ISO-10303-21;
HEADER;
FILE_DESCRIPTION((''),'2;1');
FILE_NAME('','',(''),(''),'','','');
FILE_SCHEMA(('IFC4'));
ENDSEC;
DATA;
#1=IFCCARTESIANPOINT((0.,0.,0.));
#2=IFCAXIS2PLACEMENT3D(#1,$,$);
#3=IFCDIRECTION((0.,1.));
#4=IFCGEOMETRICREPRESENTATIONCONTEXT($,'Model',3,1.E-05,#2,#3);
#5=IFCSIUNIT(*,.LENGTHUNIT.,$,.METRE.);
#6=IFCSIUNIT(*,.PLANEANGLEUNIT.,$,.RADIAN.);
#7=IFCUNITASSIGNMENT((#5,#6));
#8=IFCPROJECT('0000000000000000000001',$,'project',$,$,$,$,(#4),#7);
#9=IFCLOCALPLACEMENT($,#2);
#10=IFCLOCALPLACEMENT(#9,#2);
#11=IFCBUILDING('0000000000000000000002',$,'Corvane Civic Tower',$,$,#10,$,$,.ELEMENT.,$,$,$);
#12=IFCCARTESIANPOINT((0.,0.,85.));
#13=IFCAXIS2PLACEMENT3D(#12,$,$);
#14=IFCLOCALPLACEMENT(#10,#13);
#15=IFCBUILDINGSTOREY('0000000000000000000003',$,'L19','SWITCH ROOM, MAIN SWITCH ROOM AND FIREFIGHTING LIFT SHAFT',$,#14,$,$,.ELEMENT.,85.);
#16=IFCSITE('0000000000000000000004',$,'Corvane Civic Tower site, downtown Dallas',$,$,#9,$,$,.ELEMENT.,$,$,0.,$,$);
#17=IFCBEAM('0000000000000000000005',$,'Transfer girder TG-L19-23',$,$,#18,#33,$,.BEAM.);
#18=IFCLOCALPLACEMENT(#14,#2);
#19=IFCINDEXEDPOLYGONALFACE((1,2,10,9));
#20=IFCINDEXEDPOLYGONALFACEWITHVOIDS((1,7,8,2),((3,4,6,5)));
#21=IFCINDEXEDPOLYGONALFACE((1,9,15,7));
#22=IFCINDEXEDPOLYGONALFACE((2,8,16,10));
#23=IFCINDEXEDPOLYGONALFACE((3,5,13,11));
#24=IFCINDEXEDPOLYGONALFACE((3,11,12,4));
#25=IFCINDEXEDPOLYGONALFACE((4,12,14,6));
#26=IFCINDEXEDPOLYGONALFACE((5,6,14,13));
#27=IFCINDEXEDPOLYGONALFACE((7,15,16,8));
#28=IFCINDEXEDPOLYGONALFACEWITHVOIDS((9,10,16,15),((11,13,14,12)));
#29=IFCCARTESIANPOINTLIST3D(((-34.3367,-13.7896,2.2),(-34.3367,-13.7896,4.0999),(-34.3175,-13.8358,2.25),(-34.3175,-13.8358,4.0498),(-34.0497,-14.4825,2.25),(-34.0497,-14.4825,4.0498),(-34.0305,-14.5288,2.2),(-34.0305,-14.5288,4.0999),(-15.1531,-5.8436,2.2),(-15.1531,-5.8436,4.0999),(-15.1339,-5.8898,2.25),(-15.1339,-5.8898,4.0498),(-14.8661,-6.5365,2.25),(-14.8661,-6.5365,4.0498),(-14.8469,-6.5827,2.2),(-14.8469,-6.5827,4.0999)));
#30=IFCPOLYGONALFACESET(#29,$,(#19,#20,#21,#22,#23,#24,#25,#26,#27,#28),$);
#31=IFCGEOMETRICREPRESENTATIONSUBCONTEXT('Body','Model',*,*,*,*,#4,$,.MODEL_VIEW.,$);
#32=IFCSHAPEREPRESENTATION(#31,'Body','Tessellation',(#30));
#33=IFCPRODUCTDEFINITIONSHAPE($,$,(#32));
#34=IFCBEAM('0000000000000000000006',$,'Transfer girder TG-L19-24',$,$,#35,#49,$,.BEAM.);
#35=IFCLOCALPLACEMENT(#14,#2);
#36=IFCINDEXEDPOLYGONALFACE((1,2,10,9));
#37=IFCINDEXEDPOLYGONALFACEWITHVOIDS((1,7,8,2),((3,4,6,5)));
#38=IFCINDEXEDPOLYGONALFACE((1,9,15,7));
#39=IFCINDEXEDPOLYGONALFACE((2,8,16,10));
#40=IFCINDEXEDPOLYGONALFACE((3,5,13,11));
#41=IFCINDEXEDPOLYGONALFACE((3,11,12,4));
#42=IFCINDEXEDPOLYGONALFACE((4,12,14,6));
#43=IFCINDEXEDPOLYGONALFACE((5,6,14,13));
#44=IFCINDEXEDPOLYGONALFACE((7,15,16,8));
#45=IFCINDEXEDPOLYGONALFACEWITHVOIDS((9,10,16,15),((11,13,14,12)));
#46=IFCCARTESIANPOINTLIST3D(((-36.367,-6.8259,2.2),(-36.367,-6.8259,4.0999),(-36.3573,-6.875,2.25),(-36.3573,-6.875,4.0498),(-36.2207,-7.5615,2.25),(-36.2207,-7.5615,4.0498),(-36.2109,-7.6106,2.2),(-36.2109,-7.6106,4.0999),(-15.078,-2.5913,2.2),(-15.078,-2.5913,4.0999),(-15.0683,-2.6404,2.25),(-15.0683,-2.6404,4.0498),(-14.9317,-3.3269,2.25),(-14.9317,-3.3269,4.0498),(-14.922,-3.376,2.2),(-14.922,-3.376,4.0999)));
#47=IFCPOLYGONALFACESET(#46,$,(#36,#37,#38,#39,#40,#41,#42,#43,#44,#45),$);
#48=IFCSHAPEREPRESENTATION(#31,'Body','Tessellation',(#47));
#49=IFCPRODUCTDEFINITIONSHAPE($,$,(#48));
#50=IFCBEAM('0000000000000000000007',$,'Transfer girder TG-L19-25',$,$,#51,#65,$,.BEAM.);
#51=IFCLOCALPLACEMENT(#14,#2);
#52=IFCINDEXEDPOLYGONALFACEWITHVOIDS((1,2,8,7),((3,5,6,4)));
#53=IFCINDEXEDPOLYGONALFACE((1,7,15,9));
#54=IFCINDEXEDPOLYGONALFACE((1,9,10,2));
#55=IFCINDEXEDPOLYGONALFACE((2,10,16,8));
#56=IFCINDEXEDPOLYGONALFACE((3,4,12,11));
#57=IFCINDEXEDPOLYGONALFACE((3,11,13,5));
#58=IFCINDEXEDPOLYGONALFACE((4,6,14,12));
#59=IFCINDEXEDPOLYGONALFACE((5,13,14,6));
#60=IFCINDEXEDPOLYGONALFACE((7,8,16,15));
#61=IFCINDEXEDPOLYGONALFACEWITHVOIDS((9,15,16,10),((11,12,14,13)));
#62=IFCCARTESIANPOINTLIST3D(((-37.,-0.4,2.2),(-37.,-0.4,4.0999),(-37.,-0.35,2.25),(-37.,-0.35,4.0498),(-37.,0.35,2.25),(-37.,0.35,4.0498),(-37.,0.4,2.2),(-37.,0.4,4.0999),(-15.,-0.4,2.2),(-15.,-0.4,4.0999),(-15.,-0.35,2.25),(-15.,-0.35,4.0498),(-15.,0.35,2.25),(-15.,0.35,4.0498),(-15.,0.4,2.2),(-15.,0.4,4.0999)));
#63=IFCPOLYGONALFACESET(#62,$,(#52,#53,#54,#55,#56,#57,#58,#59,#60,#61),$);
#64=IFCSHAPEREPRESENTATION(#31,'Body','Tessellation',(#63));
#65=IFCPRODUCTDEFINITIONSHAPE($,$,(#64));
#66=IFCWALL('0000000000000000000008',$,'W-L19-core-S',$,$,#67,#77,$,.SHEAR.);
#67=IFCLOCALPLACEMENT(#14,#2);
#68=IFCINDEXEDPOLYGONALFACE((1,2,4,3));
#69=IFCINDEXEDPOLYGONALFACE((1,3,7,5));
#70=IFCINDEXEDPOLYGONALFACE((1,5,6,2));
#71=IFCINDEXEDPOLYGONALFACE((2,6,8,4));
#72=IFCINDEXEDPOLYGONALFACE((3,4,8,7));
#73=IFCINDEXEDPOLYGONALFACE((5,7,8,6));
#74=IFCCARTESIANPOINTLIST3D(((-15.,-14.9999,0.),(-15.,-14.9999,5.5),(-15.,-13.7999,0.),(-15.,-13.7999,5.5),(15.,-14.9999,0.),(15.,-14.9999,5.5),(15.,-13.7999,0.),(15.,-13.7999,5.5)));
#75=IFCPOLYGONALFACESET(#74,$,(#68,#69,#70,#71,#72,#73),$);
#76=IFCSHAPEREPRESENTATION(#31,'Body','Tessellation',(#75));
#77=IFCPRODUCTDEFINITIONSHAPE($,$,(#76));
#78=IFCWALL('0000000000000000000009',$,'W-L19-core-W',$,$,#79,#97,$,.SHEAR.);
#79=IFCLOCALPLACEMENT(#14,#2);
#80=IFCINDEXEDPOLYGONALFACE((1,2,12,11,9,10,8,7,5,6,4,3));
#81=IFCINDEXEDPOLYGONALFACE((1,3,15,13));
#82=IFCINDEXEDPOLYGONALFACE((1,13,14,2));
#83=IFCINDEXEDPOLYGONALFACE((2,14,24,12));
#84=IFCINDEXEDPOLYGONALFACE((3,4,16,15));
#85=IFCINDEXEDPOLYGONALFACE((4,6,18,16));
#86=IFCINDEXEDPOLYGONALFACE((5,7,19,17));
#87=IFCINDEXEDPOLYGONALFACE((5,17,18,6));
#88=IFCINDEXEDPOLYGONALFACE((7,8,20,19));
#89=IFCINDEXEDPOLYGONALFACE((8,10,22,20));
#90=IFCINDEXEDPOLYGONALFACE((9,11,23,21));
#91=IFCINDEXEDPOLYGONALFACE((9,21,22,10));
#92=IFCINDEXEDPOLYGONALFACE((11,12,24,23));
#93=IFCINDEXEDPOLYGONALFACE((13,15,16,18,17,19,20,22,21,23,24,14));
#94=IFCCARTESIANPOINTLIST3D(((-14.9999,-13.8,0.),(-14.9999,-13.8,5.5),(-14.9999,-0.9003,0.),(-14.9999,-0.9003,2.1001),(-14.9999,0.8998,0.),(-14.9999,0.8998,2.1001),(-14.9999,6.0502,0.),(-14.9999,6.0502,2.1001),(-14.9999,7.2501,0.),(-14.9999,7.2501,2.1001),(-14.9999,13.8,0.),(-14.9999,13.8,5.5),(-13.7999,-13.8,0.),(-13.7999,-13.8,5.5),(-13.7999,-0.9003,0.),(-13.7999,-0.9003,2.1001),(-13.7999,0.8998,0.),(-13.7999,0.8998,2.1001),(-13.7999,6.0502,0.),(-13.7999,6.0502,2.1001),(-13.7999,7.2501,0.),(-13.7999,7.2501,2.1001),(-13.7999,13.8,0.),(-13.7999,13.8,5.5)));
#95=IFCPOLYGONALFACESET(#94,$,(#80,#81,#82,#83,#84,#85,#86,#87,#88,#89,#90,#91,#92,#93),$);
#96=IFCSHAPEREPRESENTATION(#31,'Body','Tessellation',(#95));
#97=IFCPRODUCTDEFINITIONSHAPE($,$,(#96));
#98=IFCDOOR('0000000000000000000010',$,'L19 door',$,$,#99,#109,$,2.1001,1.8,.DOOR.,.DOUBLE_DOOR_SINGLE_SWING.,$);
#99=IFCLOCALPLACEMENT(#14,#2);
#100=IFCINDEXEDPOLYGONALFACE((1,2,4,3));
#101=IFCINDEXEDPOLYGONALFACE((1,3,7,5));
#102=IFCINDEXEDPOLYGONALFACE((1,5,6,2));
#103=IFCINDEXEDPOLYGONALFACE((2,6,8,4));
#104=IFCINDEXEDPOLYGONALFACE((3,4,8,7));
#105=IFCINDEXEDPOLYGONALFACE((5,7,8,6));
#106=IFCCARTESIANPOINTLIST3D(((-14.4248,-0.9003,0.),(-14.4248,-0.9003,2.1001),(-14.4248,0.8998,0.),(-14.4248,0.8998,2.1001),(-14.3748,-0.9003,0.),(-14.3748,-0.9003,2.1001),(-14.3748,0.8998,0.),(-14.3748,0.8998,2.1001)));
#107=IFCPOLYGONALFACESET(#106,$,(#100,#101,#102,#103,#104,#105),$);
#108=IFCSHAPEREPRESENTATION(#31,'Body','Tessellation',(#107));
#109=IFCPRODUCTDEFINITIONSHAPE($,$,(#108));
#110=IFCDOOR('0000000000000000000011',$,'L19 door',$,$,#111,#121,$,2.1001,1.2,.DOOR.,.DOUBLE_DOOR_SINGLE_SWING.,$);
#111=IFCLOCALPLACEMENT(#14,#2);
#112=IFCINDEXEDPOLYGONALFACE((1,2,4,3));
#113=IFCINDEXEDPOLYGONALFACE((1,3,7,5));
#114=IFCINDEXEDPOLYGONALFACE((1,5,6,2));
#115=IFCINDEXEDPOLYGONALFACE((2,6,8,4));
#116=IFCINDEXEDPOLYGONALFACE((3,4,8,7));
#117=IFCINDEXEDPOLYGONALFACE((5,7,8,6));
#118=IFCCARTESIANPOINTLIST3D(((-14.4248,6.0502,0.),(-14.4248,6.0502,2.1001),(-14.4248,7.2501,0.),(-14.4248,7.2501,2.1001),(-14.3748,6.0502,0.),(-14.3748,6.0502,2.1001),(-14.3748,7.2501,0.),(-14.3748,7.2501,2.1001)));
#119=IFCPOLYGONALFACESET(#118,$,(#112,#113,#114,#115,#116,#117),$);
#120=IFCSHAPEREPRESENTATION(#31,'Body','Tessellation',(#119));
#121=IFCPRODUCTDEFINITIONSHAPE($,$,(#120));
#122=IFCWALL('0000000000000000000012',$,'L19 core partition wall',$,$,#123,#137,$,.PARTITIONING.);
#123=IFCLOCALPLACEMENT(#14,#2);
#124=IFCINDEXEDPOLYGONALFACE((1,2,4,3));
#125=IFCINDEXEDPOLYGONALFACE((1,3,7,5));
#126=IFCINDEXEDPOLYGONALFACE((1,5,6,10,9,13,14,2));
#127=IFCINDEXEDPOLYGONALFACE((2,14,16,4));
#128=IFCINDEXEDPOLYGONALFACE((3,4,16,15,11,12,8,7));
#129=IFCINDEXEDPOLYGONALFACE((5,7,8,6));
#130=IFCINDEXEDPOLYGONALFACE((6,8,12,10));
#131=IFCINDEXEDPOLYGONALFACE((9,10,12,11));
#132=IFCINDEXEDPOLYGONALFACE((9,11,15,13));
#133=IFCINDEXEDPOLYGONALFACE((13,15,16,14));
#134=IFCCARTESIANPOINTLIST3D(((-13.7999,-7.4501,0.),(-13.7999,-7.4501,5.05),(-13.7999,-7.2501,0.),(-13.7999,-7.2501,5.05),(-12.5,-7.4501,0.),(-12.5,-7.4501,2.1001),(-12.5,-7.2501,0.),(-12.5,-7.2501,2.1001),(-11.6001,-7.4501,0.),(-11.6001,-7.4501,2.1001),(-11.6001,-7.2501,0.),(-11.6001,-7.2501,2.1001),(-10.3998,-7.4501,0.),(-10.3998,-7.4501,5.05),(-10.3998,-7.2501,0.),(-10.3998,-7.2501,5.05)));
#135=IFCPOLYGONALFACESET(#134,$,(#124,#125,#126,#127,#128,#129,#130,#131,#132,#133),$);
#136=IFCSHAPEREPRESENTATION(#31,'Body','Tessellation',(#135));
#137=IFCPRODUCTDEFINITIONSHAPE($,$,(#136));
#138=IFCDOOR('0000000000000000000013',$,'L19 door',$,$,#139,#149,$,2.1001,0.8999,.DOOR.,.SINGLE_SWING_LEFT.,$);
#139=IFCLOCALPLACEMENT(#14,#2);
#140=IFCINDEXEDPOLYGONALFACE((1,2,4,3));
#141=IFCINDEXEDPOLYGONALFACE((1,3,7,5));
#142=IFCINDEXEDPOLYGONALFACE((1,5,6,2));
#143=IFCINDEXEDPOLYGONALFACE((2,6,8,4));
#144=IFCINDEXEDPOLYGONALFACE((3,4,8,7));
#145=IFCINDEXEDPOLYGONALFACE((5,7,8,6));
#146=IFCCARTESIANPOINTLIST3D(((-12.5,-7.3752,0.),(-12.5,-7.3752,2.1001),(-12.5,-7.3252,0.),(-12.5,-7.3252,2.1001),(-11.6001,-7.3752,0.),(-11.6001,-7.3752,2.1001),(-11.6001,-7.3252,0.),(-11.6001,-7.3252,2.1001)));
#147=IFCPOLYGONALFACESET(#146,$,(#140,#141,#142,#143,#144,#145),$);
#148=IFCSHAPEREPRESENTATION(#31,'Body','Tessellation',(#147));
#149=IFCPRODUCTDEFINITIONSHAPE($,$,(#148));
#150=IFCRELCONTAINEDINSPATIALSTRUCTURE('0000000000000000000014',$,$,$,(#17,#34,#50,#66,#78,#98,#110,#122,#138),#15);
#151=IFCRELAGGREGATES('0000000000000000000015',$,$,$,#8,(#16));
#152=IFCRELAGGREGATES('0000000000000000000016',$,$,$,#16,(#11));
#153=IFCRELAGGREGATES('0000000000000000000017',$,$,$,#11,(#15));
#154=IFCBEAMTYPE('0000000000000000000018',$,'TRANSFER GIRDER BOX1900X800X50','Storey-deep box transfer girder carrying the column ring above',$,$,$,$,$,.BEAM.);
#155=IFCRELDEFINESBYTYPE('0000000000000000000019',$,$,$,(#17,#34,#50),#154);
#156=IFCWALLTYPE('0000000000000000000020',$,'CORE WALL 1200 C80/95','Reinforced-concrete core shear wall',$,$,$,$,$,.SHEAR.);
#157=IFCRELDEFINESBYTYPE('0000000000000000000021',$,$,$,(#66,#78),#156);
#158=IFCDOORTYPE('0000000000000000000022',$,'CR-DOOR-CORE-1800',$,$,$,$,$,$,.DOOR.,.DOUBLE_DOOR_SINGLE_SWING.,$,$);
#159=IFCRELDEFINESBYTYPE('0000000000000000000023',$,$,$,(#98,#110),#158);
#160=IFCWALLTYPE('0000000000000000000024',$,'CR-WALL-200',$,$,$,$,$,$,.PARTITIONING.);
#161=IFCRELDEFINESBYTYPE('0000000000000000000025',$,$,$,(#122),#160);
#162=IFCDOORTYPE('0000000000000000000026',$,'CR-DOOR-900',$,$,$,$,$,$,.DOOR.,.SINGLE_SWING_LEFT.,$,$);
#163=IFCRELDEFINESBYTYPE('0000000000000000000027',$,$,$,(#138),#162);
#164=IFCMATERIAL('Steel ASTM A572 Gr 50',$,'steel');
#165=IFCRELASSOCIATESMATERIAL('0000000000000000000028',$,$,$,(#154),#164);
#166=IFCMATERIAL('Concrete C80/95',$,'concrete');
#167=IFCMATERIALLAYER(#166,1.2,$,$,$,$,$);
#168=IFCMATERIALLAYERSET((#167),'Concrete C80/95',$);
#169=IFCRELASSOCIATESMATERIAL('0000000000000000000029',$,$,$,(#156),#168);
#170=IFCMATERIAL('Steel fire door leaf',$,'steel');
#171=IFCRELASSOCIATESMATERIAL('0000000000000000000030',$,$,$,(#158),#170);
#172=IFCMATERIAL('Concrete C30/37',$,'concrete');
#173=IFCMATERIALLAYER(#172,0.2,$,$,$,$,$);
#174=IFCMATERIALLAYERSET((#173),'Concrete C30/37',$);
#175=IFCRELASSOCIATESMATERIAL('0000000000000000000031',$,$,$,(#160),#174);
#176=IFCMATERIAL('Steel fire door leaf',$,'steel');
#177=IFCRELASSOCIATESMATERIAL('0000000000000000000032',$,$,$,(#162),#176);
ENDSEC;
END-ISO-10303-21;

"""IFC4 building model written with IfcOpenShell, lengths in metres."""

from ifc_helpers import new_model, si_unit, direction, frame, frame_2d, origin, origin_2d, place, context, subcontext, project, spatial, rectangle, hollow_rectangle, extrude, material, layer, layer_set, material_profile, profile_set, type_object, element, fill, save


model = new_model("IFC4")

# Units and contexts
model_context = context("Model", 3, precision=1e-05, world=origin(), true_north=direction((0.0, 1.0)))
body_context = subcontext(model_context, "Body", "Model", "MODEL_VIEW")
ifc_project = project(units=[si_unit("LENGTHUNIT", "METRE"), si_unit("PLANEANGLEUNIT", "RADIAN")], contexts=[model_context])

# Site, building, storey
site_placement = place(None, origin())
site = spatial("IfcSite", under=ifc_project, at=site_placement, Name="Corvane Civic Tower site, downtown Dallas", CompositionType="ELEMENT", RefElevation=0.0)
building_placement = place(site_placement, origin())
building = spatial("IfcBuilding", under=site, at=building_placement, Name="Corvane Civic Tower", CompositionType="ELEMENT")
storey_placement = place(building_placement, frame((0.0, 0.0, 85.0)))
storey = spatial("IfcBuildingStorey", under=building, at=storey_placement, Name="L19", Description="SWITCH ROOM, MAIN SWITCH ROOM AND FIREFIGHTING LIFT SHAFT", CompositionType="ELEMENT", Elevation=85.0)

# Beams
ifc_material_1 = material(Name="Steel ASTM A572 Gr 50", Category="steel")
ifc_material_profile_1 = material_profile(ifc_material_1, hollow_rectangle(XDim=0.8, YDim=1.8999, WallThickness=0.05, at=origin_2d()), Name="BOX1900X800X50")
ifc_profile_set_1 = profile_set([ifc_material_profile_1], Name="Steel ASTM A572 Gr 50")
beam_type_1 = type_object("IfcBeamType", Name="TRANSFER GIRDER BOX1900X800X50", Description="Storey-deep box transfer girder carrying the column ring above", PredefinedType="BEAM", material=ifc_profile_set_1)
beam_1_placement = place(storey_placement, frame((-15.0, -6.2131, 3.1499), z_axis=(-0.923881, -0.382681, 0.0), x_axis=(0.382681, -0.923881, 0.0)))
element("IfcBeam", 1, at=beam_1_placement, inside=storey, type_object=beam_type_1, Name="Transfer girder TG-L19-23", PredefinedType="BEAM", context=body_context, shape_type="SweptSolid", body=[
    extrude(hollow_rectangle(XDim=0.8, YDim=1.8999, WallThickness=0.05, at=origin_2d()), origin(), (0.0, 0.0, 1.0), 20.7642),
])
beam_2_placement = place(storey_placement, frame((-15.0, -2.9836, 3.1499), z_axis=(-0.980786, -0.195089, 0.0), x_axis=(0.195089, -0.980786, 0.0)))
element("IfcBeam", 2, at=beam_2_placement, inside=storey, type_object=beam_type_1, Name="Transfer girder TG-L19-24", PredefinedType="BEAM", context=body_context, shape_type="SweptSolid", body=[
    extrude(hollow_rectangle(XDim=0.8, YDim=1.8999, WallThickness=0.05, at=origin_2d()), origin(), (0.0, 0.0, 1.0), 21.7061),
])
beam_3_placement = place(storey_placement, frame((-15.0, 0.0, 3.1499), z_axis=(-1.0, 0.0, 0.0), x_axis=(0.0, -1.0, 0.0)))
element("IfcBeam", 3, at=beam_3_placement, inside=storey, type_object=beam_type_1, Name="Transfer girder TG-L19-25", PredefinedType="BEAM", context=body_context, shape_type="SweptSolid", body=[
    extrude(hollow_rectangle(XDim=0.8, YDim=1.8999, WallThickness=0.05, at=origin_2d()), origin(), (0.0, 0.0, 1.0), 22.0),
])

# Wall
ifc_material_2 = material(Name="Concrete C80/95", Category="concrete")
ifc_layer_1 = layer(ifc_material_2, 1.2)
ifc_layer_set_1 = layer_set([ifc_layer_1], Name="Concrete C80/95")
wall_type_1 = type_object("IfcWallType", Name="CORE WALL 1200 C80/95", Description="Reinforced-concrete core shear wall", PredefinedType="SHEAR", material=ifc_layer_set_1)
wall_1_placement = place(storey_placement, frame((-15.0, -14.3999, 0.0), z_axis=(0.0, 0.0, 1.0), x_axis=(1.0, 0.0, 0.0)))
element("IfcWall", 4, at=wall_1_placement, inside=storey, type_object=wall_type_1, Name="W-L19-core-S", PredefinedType="SHEAR", context=body_context, shape_type="SweptSolid", body=[
    extrude(rectangle(XDim=30.0, YDim=1.2, at=frame_2d((15.0, 0.0))), origin(), (0.0, 0.0, 1.0), 5.5),
])

# Wall, openings, doors
wall_2_placement = place(storey_placement, frame((-14.3999, -13.8, 0.0), z_axis=(0.0, 0.0, 1.0), x_axis=(0.0, 1.0, 0.0)))
wall_2 = element("IfcWall", 5, at=wall_2_placement, inside=storey, type_object=wall_type_1, Name="W-L19-core-W", PredefinedType="SHEAR", context=body_context, shape_type="SweptSolid", body=[
    extrude(rectangle(XDim=27.6001, YDim=1.2, at=frame_2d((13.8, 0.0))), origin(), (0.0, 0.0, 1.0), 5.5),
])
opening_1_placement = place(wall_2_placement, frame((12.8999, 0.0, 0.0)))
opening_1 = element("IfcOpeningElement", 6, at=opening_1_placement, cuts=wall_2, PredefinedType="OPENING", context=body_context, shape_type="SweptSolid", body=[
    extrude(rectangle(XDim=1.8, YDim=2.1001, at=frame_2d((0.8999, 1.05))), frame((0.0, 0.6099, 0.0), z_axis=(0.0, -1.0, 0.0), x_axis=(1.0, 0.0, 0.0)), (0.0, 0.0, 1.0), 1.22),
])
opening_2_placement = place(wall_2_placement, frame((19.8501, 0.0, 0.0)))
opening_2 = element("IfcOpeningElement", 7, at=opening_2_placement, cuts=wall_2, PredefinedType="OPENING", context=body_context, shape_type="SweptSolid", body=[
    extrude(rectangle(XDim=1.2, YDim=2.1001, at=frame_2d((0.6001, 1.05))), frame((0.0, 0.6099, 0.0), z_axis=(0.0, -1.0, 0.0), x_axis=(1.0, 0.0, 0.0)), (0.0, 0.0, 1.0), 1.22),
])
ifc_material_3 = material(Name="Steel fire door leaf", Category="steel")
door_type_1 = type_object("IfcDoorType", Name="CR-DOOR-CORE-1800", OperationType="DOUBLE_DOOR_SINGLE_SWING", PredefinedType="DOOR", material=ifc_material_3)
door_1_placement = place(opening_1_placement, origin())
door_1 = element("IfcDoor", 8, at=door_1_placement, inside=storey, type_object=door_type_1, Name="L19 door", OperationType="DOUBLE_DOOR_SINGLE_SWING", OverallHeight=2.1001, OverallWidth=1.8, PredefinedType="DOOR", context=body_context, shape_type="SweptSolid", body=[
    extrude(rectangle(XDim=1.8, YDim=2.1001, at=frame_2d((0.8999, 1.05))), frame((0.0, 0.0249, 0.0), z_axis=(0.0, -1.0, 0.0), x_axis=(1.0, 0.0, 0.0)), (0.0, 0.0, 1.0), 0.05),
])
fill(opening_1, door_1)
door_2_placement = place(opening_2_placement, origin())
door_2 = element("IfcDoor", 9, at=door_2_placement, inside=storey, type_object=door_type_1, Name="L19 door", OperationType="DOUBLE_DOOR_SINGLE_SWING", OverallHeight=2.1001, OverallWidth=1.2, PredefinedType="DOOR", context=body_context, shape_type="SweptSolid", body=[
    extrude(rectangle(XDim=1.2, YDim=2.1001, at=frame_2d((0.6001, 1.05))), frame((0.0, 0.0249, 0.0), z_axis=(0.0, -1.0, 0.0), x_axis=(1.0, 0.0, 0.0)), (0.0, 0.0, 1.0), 0.05),
])
fill(opening_2, door_2)

# Wall, opening, door
ifc_material_4 = material(Name="Concrete C30/37", Category="concrete")
ifc_layer_2 = layer(ifc_material_4, 0.2)
ifc_layer_set_2 = layer_set([ifc_layer_2], Name="Concrete C30/37")
wall_type_2 = type_object("IfcWallType", Name="CR-WALL-200", PredefinedType="PARTITIONING", material=ifc_layer_set_2)
wall_3_placement = place(storey_placement, frame((-13.8, -7.3501, 0.0), z_axis=(0.0, 0.0, 1.0), x_axis=(1.0, 0.0, 0.0)))
wall_3 = element("IfcWall", 10, at=wall_3_placement, inside=storey, type_object=wall_type_2, Name="L19 core partition wall", PredefinedType="PARTITIONING", context=body_context, shape_type="SweptSolid", body=[
    extrude(rectangle(XDim=3.4001, YDim=0.2, at=frame_2d((1.7002, 0.0))), origin(), (0.0, 0.0, 1.0), 5.05),
])
opening_3_placement = place(wall_3_placement, frame((1.3, 0.0, 0.0)))
opening_3 = element("IfcOpeningElement", 11, at=opening_3_placement, cuts=wall_3, PredefinedType="OPENING", context=body_context, shape_type="SweptSolid", body=[
    extrude(rectangle(XDim=0.8999, YDim=2.1001, at=frame_2d((0.45, 1.05))), frame((0.0, 0.1099, 0.0), z_axis=(0.0, -1.0, 0.0), x_axis=(1.0, 0.0, 0.0)), (0.0, 0.0, 1.0), 0.22),
])
ifc_material_5 = material(Name="Steel fire door leaf", Category="steel")
door_type_2 = type_object("IfcDoorType", Name="CR-DOOR-900", OperationType="SINGLE_SWING_LEFT", PredefinedType="DOOR", material=ifc_material_5)
door_3_placement = place(opening_3_placement, origin())
door_3 = element("IfcDoor", 12, at=door_3_placement, inside=storey, type_object=door_type_2, Name="L19 door", OperationType="SINGLE_SWING_LEFT", OverallHeight=2.1001, OverallWidth=0.8999, PredefinedType="DOOR", context=body_context, shape_type="SweptSolid", body=[
    extrude(rectangle(XDim=0.8999, YDim=2.1001, at=frame_2d((0.45, 1.05))), frame((0.0, 0.0249, 0.0), z_axis=(0.0, -1.0, 0.0), x_axis=(1.0, 0.0, 0.0)), (0.0, 0.0, 1.0), 0.05),
])
fill(opening_3, door_3)

save(model, "model.ifc")
